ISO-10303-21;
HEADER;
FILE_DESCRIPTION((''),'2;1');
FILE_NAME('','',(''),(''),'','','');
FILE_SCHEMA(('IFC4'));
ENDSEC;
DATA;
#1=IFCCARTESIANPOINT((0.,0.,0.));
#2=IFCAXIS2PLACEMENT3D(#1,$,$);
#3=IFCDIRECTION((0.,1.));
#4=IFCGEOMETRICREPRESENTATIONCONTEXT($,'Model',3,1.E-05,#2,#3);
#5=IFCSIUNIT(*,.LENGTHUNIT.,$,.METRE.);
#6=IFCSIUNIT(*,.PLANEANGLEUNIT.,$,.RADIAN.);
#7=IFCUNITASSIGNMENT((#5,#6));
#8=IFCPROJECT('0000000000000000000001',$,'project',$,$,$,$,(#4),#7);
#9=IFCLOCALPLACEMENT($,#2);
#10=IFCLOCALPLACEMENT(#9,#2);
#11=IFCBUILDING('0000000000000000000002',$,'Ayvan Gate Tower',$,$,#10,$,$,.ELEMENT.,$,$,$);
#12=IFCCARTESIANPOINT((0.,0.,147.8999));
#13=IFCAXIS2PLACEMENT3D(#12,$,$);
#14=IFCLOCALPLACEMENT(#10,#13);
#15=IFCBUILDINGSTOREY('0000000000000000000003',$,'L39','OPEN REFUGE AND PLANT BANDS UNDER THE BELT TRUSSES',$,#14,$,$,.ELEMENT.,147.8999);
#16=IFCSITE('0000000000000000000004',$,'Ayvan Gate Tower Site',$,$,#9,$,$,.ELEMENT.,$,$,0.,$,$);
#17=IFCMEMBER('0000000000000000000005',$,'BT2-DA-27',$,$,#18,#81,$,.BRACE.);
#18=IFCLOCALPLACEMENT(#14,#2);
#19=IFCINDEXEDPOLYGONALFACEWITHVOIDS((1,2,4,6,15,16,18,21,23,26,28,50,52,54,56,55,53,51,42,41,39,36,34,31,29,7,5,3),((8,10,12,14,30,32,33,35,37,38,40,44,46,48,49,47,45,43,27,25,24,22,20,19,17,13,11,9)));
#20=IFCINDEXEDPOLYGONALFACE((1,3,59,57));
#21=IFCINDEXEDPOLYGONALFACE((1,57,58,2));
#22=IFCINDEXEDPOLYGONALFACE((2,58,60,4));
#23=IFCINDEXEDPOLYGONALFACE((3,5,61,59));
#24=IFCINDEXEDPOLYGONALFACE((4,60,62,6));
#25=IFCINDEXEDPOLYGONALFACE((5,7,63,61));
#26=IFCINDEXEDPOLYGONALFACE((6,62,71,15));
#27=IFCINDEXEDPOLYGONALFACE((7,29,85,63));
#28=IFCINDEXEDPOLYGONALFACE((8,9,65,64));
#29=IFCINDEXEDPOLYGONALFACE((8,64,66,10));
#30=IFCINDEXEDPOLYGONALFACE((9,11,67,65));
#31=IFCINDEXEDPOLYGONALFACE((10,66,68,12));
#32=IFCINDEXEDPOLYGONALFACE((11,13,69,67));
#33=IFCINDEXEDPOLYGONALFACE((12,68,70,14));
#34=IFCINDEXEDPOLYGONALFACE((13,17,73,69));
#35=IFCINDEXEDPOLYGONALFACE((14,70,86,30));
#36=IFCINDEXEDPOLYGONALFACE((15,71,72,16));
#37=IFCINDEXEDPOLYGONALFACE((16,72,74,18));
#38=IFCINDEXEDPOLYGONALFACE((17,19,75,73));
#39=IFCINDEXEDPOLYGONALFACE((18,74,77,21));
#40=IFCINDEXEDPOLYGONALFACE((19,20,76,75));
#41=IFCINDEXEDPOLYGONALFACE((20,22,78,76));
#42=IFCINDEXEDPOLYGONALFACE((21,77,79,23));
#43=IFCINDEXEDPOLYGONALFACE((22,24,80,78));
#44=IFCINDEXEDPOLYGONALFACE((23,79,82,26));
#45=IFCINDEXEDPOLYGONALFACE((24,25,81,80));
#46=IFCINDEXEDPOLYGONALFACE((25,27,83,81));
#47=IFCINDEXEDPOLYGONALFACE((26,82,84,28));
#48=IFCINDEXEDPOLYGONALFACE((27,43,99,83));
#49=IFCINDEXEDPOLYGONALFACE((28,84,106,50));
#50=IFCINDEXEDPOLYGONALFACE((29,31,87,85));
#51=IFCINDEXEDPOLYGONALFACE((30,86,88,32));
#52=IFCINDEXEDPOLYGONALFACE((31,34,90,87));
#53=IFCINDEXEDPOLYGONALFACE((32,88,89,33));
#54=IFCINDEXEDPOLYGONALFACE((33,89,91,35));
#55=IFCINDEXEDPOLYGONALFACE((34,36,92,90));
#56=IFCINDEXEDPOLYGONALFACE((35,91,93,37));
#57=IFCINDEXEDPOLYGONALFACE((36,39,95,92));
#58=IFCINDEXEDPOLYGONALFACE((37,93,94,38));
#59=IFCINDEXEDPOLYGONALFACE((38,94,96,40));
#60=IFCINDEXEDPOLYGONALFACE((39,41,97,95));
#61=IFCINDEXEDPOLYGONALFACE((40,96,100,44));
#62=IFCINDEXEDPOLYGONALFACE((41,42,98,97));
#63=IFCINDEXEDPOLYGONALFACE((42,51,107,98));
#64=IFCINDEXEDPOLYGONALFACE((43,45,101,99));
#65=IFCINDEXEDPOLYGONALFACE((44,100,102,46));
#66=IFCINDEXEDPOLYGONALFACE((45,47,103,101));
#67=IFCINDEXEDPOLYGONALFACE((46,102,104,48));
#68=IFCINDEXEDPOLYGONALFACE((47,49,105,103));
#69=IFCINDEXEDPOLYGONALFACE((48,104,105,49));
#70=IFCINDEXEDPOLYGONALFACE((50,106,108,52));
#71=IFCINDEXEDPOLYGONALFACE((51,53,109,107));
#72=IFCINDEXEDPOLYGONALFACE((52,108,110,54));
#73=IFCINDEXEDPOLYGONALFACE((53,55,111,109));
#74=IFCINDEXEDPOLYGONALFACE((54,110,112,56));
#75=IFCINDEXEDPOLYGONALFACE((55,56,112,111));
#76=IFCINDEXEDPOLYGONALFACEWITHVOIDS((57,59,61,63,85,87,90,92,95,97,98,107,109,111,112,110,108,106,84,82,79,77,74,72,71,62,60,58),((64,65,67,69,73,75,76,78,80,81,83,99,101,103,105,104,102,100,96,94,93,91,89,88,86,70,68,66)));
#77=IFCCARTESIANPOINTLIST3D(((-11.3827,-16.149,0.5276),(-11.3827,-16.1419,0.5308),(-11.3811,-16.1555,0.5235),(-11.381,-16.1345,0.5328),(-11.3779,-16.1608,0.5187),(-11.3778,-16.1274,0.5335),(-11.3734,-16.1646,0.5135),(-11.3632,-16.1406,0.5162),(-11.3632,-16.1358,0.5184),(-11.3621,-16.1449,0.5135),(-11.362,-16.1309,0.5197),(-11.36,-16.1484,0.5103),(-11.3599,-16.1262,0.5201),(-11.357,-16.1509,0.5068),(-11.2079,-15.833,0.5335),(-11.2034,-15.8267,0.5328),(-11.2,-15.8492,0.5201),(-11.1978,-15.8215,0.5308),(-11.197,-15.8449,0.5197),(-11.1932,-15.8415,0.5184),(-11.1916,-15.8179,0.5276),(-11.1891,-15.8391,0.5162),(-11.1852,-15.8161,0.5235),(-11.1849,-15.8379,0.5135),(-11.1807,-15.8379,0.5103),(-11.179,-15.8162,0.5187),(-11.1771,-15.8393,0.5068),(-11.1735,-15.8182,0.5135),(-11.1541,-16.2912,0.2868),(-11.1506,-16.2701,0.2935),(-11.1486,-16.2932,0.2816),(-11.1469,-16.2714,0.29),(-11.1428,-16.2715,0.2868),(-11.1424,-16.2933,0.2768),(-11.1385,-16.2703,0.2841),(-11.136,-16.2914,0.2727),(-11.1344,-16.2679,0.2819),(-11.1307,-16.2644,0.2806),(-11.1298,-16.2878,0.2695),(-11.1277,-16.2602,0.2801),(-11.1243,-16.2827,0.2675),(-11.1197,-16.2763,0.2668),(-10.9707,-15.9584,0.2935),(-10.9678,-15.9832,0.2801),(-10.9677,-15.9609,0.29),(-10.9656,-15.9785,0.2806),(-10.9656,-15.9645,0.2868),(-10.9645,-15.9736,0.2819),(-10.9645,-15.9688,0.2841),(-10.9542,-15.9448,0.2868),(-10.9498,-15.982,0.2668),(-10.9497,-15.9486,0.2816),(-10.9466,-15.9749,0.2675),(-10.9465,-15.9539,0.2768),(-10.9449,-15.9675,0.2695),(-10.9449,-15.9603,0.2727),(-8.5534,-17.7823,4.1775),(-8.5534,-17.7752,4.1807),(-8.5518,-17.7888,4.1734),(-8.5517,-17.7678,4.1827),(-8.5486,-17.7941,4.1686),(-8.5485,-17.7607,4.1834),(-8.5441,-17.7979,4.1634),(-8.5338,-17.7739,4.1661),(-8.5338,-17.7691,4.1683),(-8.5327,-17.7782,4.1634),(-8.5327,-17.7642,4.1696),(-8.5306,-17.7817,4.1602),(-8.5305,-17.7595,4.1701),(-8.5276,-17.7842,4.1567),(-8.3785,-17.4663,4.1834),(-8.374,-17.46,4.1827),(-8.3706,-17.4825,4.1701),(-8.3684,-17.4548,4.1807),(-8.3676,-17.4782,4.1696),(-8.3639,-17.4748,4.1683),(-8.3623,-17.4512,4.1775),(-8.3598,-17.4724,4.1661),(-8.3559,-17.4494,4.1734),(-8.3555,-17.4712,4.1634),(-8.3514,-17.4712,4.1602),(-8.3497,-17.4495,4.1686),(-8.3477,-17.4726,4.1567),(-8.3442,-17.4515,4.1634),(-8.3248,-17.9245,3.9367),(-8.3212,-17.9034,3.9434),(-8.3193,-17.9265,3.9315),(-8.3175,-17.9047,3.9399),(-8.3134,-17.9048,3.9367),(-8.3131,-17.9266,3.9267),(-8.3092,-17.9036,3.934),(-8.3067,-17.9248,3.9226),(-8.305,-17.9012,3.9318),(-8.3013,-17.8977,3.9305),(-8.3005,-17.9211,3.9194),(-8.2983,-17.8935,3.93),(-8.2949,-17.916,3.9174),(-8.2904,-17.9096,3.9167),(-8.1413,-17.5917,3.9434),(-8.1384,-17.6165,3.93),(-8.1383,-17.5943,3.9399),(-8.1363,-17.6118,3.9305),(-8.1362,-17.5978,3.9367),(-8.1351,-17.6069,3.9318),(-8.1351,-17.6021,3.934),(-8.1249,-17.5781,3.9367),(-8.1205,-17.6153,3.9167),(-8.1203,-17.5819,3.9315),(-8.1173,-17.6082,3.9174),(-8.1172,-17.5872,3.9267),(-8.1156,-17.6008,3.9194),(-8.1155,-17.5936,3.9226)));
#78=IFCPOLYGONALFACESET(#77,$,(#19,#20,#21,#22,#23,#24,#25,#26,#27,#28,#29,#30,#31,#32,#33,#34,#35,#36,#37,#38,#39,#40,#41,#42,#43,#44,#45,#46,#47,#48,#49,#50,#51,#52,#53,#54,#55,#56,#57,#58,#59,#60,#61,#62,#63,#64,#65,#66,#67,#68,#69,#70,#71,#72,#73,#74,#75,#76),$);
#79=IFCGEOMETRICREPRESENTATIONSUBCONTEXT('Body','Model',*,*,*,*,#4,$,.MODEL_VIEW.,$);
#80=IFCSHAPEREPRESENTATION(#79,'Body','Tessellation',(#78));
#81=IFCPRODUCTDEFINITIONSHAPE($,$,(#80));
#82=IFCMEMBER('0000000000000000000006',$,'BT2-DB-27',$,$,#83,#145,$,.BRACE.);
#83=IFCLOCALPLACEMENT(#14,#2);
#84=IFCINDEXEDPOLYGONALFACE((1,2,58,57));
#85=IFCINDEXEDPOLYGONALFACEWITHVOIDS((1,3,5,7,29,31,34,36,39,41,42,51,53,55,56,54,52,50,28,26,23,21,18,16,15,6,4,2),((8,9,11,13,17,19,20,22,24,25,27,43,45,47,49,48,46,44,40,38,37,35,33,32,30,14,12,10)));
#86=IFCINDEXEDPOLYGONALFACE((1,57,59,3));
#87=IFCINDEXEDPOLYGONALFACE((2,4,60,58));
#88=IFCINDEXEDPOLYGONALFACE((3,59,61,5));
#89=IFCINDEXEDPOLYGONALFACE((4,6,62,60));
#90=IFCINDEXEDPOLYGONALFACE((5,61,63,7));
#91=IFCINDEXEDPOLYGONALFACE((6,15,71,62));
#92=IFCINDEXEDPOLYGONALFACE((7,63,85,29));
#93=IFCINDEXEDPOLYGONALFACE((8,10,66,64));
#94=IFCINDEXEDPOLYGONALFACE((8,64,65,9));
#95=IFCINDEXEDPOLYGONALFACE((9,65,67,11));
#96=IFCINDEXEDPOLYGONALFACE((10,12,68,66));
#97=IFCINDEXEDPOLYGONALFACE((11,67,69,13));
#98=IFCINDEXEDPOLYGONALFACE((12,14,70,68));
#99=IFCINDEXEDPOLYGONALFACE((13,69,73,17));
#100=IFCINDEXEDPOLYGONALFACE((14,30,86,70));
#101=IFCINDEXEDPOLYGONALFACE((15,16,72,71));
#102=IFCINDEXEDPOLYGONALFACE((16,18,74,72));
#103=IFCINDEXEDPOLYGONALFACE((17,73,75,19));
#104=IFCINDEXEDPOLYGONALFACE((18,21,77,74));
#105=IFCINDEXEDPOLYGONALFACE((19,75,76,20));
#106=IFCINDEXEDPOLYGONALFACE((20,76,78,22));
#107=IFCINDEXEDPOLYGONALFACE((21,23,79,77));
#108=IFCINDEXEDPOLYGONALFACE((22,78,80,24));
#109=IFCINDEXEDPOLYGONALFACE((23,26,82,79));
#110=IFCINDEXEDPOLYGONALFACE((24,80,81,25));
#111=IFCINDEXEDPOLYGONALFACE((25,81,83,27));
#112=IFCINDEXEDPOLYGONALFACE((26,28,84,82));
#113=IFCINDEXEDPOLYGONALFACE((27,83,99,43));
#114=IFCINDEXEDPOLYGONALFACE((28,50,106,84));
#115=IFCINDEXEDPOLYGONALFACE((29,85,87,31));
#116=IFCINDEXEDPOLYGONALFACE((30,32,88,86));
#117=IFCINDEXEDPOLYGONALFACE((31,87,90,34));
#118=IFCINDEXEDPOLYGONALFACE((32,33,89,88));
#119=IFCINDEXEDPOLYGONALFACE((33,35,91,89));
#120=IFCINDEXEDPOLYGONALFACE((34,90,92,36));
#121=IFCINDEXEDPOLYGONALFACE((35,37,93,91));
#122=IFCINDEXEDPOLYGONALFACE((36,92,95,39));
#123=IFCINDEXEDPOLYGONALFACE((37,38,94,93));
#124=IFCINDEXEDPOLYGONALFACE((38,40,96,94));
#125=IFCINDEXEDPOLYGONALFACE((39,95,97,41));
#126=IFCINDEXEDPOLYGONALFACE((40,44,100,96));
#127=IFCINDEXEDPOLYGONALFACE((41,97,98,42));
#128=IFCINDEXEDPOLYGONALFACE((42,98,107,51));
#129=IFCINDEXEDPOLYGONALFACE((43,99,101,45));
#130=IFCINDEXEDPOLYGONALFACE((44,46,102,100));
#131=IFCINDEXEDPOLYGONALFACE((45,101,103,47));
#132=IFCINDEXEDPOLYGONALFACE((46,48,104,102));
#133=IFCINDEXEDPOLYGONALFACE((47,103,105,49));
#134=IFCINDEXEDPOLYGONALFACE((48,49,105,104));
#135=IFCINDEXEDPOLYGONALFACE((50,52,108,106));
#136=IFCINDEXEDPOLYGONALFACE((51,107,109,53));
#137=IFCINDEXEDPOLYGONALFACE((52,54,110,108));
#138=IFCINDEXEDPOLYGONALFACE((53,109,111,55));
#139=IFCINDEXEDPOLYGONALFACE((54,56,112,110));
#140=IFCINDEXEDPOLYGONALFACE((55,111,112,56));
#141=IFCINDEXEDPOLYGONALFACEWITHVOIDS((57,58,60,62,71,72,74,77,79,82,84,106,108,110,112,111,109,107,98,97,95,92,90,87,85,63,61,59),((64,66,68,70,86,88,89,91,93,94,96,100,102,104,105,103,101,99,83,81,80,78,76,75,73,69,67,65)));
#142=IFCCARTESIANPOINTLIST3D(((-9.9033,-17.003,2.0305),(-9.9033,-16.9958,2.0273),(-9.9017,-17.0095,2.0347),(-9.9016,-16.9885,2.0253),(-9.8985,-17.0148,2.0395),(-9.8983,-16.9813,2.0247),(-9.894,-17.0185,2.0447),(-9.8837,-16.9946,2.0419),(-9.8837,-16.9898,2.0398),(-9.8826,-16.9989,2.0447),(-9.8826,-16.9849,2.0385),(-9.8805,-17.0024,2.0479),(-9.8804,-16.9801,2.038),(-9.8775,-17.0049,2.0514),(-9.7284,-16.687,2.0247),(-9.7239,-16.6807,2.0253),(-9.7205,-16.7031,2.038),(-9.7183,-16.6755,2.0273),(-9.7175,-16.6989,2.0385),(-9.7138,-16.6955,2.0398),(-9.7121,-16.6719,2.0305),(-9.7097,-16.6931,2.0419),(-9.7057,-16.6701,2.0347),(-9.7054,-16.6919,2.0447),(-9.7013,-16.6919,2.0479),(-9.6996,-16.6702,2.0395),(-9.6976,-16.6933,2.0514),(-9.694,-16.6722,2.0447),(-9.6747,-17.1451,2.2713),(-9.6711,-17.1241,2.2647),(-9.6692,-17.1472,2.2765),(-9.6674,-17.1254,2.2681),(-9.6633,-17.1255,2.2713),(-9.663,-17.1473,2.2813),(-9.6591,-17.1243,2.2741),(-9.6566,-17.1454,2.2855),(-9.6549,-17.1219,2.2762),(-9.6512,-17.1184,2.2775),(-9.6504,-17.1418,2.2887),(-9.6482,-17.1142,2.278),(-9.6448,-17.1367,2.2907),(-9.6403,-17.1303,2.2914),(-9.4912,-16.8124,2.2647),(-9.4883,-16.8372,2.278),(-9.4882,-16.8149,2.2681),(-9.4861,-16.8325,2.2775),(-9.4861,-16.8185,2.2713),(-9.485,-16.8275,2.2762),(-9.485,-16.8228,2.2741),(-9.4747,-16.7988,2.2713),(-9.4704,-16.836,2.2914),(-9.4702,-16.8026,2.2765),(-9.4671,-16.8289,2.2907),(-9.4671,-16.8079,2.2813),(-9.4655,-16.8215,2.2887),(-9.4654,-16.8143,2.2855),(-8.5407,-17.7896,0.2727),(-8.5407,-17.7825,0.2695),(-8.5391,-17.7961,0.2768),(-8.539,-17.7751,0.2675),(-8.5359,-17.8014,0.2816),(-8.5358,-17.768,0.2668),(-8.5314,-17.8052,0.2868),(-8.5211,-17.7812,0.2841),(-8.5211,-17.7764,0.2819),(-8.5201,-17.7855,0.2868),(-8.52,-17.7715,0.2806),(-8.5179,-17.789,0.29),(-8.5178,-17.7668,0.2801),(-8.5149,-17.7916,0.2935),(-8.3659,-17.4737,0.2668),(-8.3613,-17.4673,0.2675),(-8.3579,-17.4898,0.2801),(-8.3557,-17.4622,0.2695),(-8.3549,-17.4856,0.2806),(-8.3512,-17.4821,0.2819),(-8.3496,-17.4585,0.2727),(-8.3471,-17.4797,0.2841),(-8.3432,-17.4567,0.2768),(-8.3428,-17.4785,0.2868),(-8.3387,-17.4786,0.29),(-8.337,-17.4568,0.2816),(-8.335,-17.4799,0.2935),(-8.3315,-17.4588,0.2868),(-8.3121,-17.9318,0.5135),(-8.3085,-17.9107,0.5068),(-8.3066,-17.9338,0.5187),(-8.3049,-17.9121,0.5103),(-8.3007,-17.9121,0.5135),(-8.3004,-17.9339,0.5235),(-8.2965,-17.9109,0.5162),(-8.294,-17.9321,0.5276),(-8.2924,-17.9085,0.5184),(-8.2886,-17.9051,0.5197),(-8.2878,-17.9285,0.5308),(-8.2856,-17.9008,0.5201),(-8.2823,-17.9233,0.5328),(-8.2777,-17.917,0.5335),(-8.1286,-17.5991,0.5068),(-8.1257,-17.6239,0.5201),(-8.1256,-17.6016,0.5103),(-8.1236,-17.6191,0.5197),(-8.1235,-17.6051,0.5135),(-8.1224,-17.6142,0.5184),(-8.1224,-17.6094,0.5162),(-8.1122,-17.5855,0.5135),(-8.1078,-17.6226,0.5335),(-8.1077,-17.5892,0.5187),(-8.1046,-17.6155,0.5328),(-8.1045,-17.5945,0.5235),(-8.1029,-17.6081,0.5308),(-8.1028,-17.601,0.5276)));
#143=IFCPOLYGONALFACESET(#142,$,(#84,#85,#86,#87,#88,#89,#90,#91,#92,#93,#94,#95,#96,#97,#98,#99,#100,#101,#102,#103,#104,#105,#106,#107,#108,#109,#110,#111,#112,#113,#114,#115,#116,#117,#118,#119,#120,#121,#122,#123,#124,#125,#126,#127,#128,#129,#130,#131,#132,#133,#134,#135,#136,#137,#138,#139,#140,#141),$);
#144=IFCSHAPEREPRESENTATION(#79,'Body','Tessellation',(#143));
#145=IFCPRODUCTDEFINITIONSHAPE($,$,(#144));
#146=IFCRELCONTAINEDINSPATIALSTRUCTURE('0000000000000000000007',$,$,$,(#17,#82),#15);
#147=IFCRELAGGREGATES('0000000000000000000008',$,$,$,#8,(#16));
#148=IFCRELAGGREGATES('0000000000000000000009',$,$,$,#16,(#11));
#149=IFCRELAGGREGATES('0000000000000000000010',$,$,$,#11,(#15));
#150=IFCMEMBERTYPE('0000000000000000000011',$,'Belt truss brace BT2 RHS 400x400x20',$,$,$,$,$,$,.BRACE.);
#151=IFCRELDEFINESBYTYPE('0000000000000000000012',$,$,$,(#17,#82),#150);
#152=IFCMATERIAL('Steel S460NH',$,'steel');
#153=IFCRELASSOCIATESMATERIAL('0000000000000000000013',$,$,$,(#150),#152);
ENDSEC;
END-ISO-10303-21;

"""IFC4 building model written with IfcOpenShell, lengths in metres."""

from ifc_helpers import new_model, si_unit, direction, frame, origin, origin_2d, place, context, subcontext, project, spatial, hollow_rectangle, extrude, material, material_profile, profile_set, type_object, element, save


model = new_model("IFC4")

# Units and contexts
model_context = context("Model", 3, precision=1e-05, world=origin(), true_north=direction((0.0, 1.0)))
body_context = subcontext(model_context, "Body", "Model", "MODEL_VIEW")
ifc_project = project(units=[si_unit("LENGTHUNIT", "METRE"), si_unit("PLANEANGLEUNIT", "RADIAN")], contexts=[model_context])

# Site, building, storey
site_placement = place(None, origin())
site = spatial("IfcSite", under=ifc_project, at=site_placement, Name="Ayvan Gate Tower Site", CompositionType="ELEMENT", RefElevation=0.0)
building_placement = place(site_placement, origin())
building = spatial("IfcBuilding", under=site, at=building_placement, Name="Ayvan Gate Tower", CompositionType="ELEMENT")
storey_placement = place(building_placement, frame((0.0, 0.0, 147.8999)))
storey = spatial("IfcBuildingStorey", under=building, at=storey_placement, Name="L39", Description="OPEN REFUGE AND PLANT BANDS UNDER THE BELT TRUSSES", CompositionType="ELEMENT", Elevation=147.8999)

# Members
ifc_material_1 = material(Name="Steel S460NH", Category="steel")
ifc_material_profile_1 = material_profile(ifc_material_1, hollow_rectangle(XDim=0.3999, YDim=0.3999, WallThickness=0.02, InnerFilletRadius=0.02, OuterFilletRadius=0.03, at=origin_2d()), Name="RHS 400x400x20")
ifc_profile_set_1 = profile_set([ifc_material_profile_1], Name="Steel S460NH")
member_type_1 = type_object("IfcMemberType", Name="Belt truss brace BT2 RHS 400x400x20", PredefinedType="BRACE", material=ifc_profile_set_1)
member_1_placement = place(storey_placement, frame((-11.1638, -16.0547, 0.4001), z_axis=(0.577602, -0.333433, 0.745116), x_axis=(0.499949, 0.866055, 0.0)))
element("IfcMember", 1, at=member_1_placement, inside=storey, type_object=member_type_1, Name="BT2-DA-27", PredefinedType="BRACE", context=body_context, shape_type="SweptSolid", body=[
    extrude(hollow_rectangle(XDim=0.3999, YDim=0.3999, WallThickness=0.02, InnerFilletRadius=0.02, OuterFilletRadius=0.03, at=origin_2d()), origin(), (0.0, 0.0, 1.0), 4.8984),
])
member_2_placement = place(storey_placement, frame((-8.3218, -17.6953, 0.4001), z_axis=(-0.577579, 0.333445, 0.745129), x_axis=(-0.499978, -0.866038, 0.0)))
element("IfcMember", 2, at=member_2_placement, inside=storey, type_object=member_type_1, Name="BT2-DB-27", PredefinedType="BRACE", context=body_context, shape_type="SweptSolid", body=[
    extrude(hollow_rectangle(XDim=0.3999, YDim=0.3999, WallThickness=0.02, InnerFilletRadius=0.02, OuterFilletRadius=0.03, at=origin_2d()), origin(), (0.0, 0.0, 1.0), 2.3591),
])

save(model, "model.ifc")
